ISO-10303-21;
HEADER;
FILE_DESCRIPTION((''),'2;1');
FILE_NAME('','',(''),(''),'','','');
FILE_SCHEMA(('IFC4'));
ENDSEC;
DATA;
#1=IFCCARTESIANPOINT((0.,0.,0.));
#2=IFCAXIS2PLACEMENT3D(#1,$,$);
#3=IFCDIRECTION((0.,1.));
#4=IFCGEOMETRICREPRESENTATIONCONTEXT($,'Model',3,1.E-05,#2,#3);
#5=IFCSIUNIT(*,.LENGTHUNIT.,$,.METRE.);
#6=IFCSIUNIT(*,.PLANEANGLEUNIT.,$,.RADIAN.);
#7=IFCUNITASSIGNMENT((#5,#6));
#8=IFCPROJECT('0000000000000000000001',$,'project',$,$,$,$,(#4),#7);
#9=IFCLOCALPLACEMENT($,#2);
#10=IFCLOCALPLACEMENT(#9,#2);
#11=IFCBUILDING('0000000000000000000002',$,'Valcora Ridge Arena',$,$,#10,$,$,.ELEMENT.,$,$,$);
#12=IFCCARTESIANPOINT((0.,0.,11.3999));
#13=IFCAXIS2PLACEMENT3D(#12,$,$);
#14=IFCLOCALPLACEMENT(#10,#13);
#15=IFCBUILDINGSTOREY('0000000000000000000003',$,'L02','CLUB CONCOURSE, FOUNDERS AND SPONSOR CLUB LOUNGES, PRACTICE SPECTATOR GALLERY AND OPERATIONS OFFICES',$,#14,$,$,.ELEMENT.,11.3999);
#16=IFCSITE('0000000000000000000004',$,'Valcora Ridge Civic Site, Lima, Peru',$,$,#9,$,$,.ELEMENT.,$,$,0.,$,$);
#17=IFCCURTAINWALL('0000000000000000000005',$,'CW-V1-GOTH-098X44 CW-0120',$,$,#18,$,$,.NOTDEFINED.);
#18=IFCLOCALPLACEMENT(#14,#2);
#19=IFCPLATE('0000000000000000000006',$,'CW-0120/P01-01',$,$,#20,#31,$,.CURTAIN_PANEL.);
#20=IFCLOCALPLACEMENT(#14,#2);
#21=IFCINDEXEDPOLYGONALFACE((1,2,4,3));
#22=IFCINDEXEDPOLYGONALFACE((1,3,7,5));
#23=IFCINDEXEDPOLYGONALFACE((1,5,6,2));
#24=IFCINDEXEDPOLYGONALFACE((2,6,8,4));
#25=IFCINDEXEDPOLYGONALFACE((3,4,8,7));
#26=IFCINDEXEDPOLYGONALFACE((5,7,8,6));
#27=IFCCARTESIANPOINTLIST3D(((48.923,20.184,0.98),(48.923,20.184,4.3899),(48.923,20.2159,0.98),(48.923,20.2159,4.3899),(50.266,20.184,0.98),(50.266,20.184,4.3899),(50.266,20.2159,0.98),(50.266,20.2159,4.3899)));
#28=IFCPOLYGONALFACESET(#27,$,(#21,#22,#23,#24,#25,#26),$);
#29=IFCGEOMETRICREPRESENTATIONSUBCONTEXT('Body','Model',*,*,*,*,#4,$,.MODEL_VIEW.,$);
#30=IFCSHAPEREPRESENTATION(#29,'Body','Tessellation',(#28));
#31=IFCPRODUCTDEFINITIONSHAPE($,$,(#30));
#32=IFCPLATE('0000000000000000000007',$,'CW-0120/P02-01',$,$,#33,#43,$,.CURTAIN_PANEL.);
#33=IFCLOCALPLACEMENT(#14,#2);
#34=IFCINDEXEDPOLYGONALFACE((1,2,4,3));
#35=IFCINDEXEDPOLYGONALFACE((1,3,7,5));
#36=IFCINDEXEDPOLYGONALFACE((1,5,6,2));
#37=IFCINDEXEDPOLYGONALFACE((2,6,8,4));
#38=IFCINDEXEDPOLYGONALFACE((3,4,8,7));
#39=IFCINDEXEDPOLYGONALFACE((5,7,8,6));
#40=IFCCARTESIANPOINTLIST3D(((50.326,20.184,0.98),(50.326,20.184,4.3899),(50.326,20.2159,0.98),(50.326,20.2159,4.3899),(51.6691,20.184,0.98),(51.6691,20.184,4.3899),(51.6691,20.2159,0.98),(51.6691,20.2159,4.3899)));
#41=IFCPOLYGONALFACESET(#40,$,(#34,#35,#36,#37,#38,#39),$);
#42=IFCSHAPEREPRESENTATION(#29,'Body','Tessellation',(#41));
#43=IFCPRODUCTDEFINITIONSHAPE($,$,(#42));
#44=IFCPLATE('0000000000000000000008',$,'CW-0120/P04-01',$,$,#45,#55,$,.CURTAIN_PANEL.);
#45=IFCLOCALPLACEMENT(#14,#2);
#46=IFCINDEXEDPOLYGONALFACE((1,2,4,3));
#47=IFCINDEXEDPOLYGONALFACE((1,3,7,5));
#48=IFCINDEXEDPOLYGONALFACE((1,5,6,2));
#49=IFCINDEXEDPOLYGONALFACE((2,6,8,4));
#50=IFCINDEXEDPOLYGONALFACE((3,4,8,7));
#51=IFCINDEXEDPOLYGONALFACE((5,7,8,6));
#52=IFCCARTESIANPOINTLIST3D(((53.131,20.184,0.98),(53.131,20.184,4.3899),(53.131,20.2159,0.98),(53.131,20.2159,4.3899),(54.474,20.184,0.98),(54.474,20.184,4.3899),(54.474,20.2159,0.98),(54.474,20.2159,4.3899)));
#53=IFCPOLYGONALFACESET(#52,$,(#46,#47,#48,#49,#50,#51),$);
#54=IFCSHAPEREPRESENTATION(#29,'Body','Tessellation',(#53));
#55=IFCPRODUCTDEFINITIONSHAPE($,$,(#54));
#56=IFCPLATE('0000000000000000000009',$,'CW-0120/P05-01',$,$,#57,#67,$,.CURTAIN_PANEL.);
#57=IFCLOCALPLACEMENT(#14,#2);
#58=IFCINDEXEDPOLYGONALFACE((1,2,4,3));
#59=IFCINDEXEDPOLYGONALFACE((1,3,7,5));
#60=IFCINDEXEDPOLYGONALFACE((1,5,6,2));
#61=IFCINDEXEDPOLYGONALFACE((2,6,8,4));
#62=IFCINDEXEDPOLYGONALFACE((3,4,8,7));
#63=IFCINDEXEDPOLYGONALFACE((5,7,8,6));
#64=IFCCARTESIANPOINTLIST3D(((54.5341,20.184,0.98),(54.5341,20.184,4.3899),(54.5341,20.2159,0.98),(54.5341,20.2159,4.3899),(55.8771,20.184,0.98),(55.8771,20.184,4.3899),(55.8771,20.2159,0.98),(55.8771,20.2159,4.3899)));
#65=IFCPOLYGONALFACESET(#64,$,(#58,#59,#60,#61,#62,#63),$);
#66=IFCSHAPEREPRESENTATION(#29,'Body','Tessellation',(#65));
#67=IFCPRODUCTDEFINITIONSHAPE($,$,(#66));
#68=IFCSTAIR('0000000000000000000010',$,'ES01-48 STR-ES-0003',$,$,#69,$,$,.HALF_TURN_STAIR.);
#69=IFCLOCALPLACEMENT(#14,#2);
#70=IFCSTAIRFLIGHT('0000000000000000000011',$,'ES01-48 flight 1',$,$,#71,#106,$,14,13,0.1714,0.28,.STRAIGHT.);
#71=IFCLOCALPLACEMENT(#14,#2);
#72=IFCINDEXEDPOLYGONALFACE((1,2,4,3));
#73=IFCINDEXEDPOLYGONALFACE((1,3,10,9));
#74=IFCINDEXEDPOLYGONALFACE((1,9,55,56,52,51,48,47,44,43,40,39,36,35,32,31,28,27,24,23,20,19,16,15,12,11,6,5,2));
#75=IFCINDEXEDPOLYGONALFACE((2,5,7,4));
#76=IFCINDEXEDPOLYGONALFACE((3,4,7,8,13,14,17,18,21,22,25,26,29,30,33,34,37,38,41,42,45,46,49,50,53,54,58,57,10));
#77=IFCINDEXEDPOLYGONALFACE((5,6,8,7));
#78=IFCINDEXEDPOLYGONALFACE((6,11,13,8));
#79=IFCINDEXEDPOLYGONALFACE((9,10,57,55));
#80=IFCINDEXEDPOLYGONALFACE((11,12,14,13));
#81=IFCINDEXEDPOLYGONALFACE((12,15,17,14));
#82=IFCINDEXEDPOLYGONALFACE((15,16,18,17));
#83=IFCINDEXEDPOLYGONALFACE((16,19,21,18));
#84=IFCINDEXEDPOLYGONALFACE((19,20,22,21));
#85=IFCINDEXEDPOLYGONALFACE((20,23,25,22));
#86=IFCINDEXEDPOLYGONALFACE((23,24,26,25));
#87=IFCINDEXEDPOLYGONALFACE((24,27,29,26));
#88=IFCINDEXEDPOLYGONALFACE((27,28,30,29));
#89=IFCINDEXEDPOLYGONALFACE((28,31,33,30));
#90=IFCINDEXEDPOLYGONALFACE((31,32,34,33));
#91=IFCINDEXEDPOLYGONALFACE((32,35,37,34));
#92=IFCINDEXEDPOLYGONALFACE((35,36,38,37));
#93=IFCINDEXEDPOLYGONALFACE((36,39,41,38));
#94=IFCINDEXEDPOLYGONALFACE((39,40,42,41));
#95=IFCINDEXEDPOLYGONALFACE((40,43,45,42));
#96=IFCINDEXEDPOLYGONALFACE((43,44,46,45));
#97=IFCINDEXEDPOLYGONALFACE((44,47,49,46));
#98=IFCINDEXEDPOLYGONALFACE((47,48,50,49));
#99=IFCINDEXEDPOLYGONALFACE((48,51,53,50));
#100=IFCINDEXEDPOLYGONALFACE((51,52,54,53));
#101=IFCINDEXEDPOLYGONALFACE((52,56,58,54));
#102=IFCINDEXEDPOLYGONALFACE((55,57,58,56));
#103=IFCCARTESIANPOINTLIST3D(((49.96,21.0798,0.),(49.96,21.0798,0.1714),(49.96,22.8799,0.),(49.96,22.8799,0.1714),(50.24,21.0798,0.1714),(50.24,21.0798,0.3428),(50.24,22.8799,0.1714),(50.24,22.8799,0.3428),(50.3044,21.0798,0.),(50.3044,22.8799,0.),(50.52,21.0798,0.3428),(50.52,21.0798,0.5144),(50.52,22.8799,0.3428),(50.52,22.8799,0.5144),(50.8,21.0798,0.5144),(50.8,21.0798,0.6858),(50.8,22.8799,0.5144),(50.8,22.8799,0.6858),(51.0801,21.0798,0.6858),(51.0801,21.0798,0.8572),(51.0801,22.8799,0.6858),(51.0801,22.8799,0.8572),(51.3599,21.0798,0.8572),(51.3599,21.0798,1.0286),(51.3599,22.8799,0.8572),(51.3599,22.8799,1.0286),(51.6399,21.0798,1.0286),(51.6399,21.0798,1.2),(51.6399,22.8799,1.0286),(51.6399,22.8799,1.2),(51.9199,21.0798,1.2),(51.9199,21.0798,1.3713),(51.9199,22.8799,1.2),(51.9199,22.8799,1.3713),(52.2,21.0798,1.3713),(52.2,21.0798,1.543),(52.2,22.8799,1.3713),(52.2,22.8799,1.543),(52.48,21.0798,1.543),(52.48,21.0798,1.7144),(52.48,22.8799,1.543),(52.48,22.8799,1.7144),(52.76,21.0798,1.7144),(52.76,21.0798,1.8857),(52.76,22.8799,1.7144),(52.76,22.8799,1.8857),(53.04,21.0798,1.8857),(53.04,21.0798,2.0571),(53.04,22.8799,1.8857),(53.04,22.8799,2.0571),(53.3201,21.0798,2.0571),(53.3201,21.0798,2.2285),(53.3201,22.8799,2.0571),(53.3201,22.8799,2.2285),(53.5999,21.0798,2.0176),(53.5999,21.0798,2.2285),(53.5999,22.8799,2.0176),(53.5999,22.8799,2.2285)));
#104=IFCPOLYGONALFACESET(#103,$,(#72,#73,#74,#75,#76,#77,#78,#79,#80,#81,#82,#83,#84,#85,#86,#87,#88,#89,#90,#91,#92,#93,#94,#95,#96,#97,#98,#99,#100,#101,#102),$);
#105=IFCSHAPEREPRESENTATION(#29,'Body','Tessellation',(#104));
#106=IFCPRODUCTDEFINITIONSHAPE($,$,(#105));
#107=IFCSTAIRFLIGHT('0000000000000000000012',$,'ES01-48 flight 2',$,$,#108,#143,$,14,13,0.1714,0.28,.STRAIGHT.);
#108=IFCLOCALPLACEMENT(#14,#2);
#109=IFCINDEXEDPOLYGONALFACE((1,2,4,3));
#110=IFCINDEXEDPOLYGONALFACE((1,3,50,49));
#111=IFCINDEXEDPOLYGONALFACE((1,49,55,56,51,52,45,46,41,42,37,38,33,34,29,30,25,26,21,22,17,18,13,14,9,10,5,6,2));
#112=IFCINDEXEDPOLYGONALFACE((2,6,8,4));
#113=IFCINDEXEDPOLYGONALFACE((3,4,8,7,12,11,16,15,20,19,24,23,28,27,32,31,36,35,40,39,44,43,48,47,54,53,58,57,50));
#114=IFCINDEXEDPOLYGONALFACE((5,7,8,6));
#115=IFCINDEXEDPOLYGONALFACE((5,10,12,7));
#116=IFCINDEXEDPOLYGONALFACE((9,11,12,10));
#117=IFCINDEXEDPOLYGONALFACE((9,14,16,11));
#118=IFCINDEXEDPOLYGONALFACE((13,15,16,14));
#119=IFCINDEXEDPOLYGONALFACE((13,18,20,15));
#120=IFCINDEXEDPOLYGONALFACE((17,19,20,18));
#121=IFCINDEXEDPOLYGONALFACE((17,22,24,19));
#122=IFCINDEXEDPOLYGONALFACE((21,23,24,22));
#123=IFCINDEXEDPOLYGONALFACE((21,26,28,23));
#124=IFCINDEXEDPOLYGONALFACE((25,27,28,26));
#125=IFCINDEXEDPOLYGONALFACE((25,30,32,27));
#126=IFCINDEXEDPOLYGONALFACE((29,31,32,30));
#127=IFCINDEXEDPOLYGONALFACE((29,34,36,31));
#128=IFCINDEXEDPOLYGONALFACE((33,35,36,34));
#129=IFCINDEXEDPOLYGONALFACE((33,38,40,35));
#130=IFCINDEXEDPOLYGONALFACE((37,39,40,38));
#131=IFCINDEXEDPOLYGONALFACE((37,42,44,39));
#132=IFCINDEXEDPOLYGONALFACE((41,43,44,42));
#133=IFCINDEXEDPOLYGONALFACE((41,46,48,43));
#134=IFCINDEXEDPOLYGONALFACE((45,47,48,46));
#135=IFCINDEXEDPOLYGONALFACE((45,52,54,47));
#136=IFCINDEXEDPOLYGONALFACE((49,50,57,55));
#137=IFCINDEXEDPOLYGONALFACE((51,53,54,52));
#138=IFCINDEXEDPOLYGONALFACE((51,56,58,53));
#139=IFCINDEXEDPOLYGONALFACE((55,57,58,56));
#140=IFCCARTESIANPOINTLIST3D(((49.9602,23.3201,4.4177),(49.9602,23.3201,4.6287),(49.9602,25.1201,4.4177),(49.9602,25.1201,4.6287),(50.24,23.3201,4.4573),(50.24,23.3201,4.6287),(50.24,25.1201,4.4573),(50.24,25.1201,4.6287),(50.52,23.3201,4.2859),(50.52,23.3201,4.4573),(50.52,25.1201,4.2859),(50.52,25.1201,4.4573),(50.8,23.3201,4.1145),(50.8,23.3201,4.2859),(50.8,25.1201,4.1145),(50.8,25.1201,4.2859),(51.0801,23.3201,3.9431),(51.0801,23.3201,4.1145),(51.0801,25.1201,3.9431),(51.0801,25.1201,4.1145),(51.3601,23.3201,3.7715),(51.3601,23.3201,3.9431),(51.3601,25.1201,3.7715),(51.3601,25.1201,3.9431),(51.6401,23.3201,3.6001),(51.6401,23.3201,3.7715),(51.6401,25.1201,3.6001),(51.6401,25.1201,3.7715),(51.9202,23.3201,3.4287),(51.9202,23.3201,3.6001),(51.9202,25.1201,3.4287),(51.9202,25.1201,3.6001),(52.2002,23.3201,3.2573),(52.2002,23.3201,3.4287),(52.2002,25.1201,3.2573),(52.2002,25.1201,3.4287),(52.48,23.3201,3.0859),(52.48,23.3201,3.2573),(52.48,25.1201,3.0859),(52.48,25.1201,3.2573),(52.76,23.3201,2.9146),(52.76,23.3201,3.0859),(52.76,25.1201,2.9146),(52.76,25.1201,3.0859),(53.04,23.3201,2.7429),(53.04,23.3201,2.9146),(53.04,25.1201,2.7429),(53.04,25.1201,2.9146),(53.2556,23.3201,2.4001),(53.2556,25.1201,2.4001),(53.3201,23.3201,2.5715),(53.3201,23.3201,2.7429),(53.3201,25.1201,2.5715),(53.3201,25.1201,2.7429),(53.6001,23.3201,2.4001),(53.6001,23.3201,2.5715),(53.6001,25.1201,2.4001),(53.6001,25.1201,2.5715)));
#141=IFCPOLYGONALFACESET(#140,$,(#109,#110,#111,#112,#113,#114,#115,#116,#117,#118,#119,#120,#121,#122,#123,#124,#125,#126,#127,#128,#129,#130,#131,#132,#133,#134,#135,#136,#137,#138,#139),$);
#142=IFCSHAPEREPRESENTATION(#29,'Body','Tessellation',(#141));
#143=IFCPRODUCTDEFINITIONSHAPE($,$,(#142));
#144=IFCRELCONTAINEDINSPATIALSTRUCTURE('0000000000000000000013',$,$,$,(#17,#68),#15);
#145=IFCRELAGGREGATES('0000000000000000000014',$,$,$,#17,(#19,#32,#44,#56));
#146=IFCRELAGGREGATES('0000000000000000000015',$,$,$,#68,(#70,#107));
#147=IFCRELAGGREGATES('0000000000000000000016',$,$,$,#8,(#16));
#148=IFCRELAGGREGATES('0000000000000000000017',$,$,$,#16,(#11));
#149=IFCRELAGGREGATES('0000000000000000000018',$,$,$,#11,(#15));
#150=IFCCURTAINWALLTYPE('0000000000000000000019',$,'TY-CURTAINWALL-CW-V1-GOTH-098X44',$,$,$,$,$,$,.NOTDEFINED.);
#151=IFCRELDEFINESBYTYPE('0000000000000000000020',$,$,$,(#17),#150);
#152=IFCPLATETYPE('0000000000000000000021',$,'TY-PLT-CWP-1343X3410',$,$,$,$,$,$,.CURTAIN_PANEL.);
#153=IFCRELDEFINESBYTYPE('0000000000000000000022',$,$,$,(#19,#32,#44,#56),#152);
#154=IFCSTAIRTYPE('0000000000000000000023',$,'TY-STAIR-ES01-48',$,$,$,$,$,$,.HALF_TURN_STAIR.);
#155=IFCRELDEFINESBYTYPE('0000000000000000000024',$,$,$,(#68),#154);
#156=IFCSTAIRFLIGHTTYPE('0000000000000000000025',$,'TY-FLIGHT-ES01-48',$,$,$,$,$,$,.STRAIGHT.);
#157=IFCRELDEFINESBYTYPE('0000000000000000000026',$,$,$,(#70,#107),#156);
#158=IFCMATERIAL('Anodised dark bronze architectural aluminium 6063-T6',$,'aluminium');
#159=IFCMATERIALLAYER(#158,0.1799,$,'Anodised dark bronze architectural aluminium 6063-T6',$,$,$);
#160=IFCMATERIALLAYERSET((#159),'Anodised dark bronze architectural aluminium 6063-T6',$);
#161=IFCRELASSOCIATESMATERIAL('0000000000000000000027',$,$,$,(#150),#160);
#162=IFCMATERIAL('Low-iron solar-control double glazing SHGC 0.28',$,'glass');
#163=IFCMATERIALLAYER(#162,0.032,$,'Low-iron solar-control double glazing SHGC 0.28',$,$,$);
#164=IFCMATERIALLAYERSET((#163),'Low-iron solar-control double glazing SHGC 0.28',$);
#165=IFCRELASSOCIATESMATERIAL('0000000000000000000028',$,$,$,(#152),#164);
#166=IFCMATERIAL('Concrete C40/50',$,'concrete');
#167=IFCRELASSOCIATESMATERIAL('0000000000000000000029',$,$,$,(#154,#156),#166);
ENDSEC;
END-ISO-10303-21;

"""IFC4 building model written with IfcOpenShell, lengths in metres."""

from ifc_helpers import new_model, si_unit, direction, frame, origin, origin_2d, place, context, subcontext, project, spatial, polyline, rectangle, outline, extrude, material, layer, layer_set, type_object, element, aggregate, save


model = new_model("IFC4")

# Units and contexts
model_context = context("Model", 3, precision=1e-05, world=origin(), true_north=direction((0.0, 1.0)))
body_context = subcontext(model_context, "Body", "Model", "MODEL_VIEW")
ifc_project = project(units=[si_unit("LENGTHUNIT", "METRE"), si_unit("PLANEANGLEUNIT", "RADIAN")], contexts=[model_context])

# Site, building, storey
site_placement = place(None, origin())
site = spatial("IfcSite", under=ifc_project, at=site_placement, Name="Valcora Ridge Civic Site, Lima, Peru", CompositionType="ELEMENT", RefElevation=0.0)
building_placement = place(site_placement, origin())
building = spatial("IfcBuilding", under=site, at=building_placement, Name="Valcora Ridge Arena", CompositionType="ELEMENT")
storey_placement = place(building_placement, frame((0.0, 0.0, 11.3999)))
storey = spatial("IfcBuildingStorey", under=building, at=storey_placement, Name="L02", Description="CLUB CONCOURSE, FOUNDERS AND SPONSOR CLUB LOUNGES, PRACTICE SPECTATOR GALLERY AND OPERATIONS OFFICES", CompositionType="ELEMENT", Elevation=11.3999)

# Shared definitions
ifc_material_1 = material(Name="Concrete C40/50", Category="concrete")

# Curtain wall
ifc_material_2 = material(Name="Anodised dark bronze architectural aluminium 6063-T6", Category="aluminium")
ifc_layer_1 = layer(ifc_material_2, 0.1799, Name="Anodised dark bronze architectural aluminium 6063-T6")
ifc_layer_set_1 = layer_set([ifc_layer_1], Name="Anodised dark bronze architectural aluminium 6063-T6")
curtain_wall_type = type_object("IfcCurtainWallType", Name="TY-CURTAINWALL-CW-V1-GOTH-098X44", PredefinedType="NOTDEFINED", material=ifc_layer_set_1)
curtain_wall_placement = place(storey_placement, origin())
curtain_wall = element("IfcCurtainWall", 1, at=curtain_wall_placement, inside=storey, type_object=curtain_wall_type, Name="CW-V1-GOTH-098X44 CW-0120", PredefinedType="NOTDEFINED")

# Plates
ifc_material_3 = material(Name="Low-iron solar-control double glazing SHGC 0.28", Category="glass")
ifc_layer_2 = layer(ifc_material_3, 0.032, Name="Low-iron solar-control double glazing SHGC 0.28")
ifc_layer_set_2 = layer_set([ifc_layer_2], Name="Low-iron solar-control double glazing SHGC 0.28")
plate_type_1 = type_object("IfcPlateType", Name="TY-PLT-CWP-1343X3410", PredefinedType="CURTAIN_PANEL", material=ifc_layer_set_2)
plate_1_placement = place(storey_placement, frame((49.5945, 20.2, 0.98), z_axis=(0.0, 0.0, 1.0), x_axis=(1.0, 0.0, 0.0)))
plate_1 = element("IfcPlate", 2, at=plate_1_placement, type_object=plate_type_1, Name="CW-0120/P01-01", PredefinedType="CURTAIN_PANEL", context=body_context, shape_type="SweptSolid", body=[
    extrude(rectangle(XDim=1.343, YDim=0.032, at=origin_2d()), origin(), (0.0, 0.0, 1.0), 3.4099),
])
plate_2_placement = place(storey_placement, frame((50.9976, 20.2, 0.98), z_axis=(0.0, 0.0, 1.0), x_axis=(1.0, 0.0, 0.0)))
plate_2 = element("IfcPlate", 3, at=plate_2_placement, type_object=plate_type_1, Name="CW-0120/P02-01", PredefinedType="CURTAIN_PANEL", context=body_context, shape_type="SweptSolid", body=[
    extrude(rectangle(XDim=1.343, YDim=0.032, at=origin_2d()), origin(), (0.0, 0.0, 1.0), 3.4099),
])
plate_3_placement = place(storey_placement, frame((53.8025, 20.2, 0.98), z_axis=(0.0, 0.0, 1.0), x_axis=(1.0, 0.0, 0.0)))
plate_3 = element("IfcPlate", 4, at=plate_3_placement, type_object=plate_type_1, Name="CW-0120/P04-01", PredefinedType="CURTAIN_PANEL", context=body_context, shape_type="SweptSolid", body=[
    extrude(rectangle(XDim=1.343, YDim=0.032, at=origin_2d()), origin(), (0.0, 0.0, 1.0), 3.4099),
])
plate_4_placement = place(storey_placement, frame((55.2056, 20.2, 0.98), z_axis=(0.0, 0.0, 1.0), x_axis=(1.0, 0.0, 0.0)))
plate_4 = element("IfcPlate", 5, at=plate_4_placement, type_object=plate_type_1, Name="CW-0120/P05-01", PredefinedType="CURTAIN_PANEL", context=body_context, shape_type="SweptSolid", body=[
    extrude(rectangle(XDim=1.343, YDim=0.032, at=origin_2d()), origin(), (0.0, 0.0, 1.0), 3.4099),
])
aggregate(curtain_wall, [plate_1, plate_2, plate_3, plate_4])

# Stair, stair flights
stair_type = type_object("IfcStairType", Name="TY-STAIR-ES01-48", PredefinedType="HALF_TURN_STAIR", material=ifc_material_1)
stair_placement = place(storey_placement, origin())
stair = element("IfcStair", 6, at=stair_placement, inside=storey, type_object=stair_type, Name="ES01-48 STR-ES-0003", PredefinedType="HALF_TURN_STAIR")
stair_flight_type = type_object("IfcStairFlightType", Name="TY-FLIGHT-ES01-48", PredefinedType="STRAIGHT", material=ifc_material_1)
stair_flight_1_placement = place(storey_placement, frame((49.96, 21.98, 0.0), z_axis=(0.0, 0.0, 1.0), x_axis=(1.0, 0.0, 0.0)))
stair_flight_1 = element("IfcStairFlight", 7, at=stair_flight_1_placement, type_object=stair_flight_type, Name="ES01-48 flight 1", NumberOfRisers=14, NumberOfTreads=13, PredefinedType="STRAIGHT", RiserHeight=0.1714, TreadLength=0.28, context=body_context, shape_type="SweptSolid", body=[
    extrude(outline(polyline([(0.0, 0.0), (0.0, 0.1714), (0.28, 0.1714), (0.28, 0.3428), (0.5601, 0.3428), (0.5601, 0.5144), (0.8401, 0.5144), (0.8401, 0.6858), (1.1201, 0.6858), (1.1201, 0.8572), (1.3999, 0.8572), (1.3999, 1.0286), (1.6799, 1.0286), (1.6799, 1.2), (1.96, 1.2), (1.96, 1.3713), (2.24, 1.3713), (2.24, 1.543), (2.52, 1.543), (2.52, 1.7144), (2.8, 1.7144), (2.8, 1.8857), (3.0801, 1.8857), (3.0801, 2.0571), (3.3601, 2.0571), (3.3601, 2.2285), (3.6399, 2.2285), (3.6399, 2.3999), (3.6399, 2.0176), (0.3445, 0.0), (0.0, 0.0)])), frame((0.0, 0.8999, 0.0), z_axis=(0.0, -1.0, 0.0), x_axis=(1.0, 0.0, 0.0)), (0.0, 0.0, 1.0), 1.8),
])
stair_flight_2_placement = place(storey_placement, frame((53.6001, 24.22, 2.4001), z_axis=(0.0, 0.0, 1.0), x_axis=(-1.0, 0.0, 0.0)))
stair_flight_2 = element("IfcStairFlight", 8, at=stair_flight_2_placement, type_object=stair_flight_type, Name="ES01-48 flight 2", NumberOfRisers=14, NumberOfTreads=13, PredefinedType="STRAIGHT", RiserHeight=0.1714, TreadLength=0.28, context=body_context, shape_type="SweptSolid", body=[
    extrude(outline(polyline([(0.0, 0.0), (0.0, 0.1714), (0.28, 0.1714), (0.28, 0.3428), (0.5601, 0.3428), (0.5601, 0.5144), (0.8401, 0.5144), (0.8401, 0.6858), (1.1201, 0.6858), (1.1201, 0.8572), (1.3999, 0.8572), (1.3999, 1.0286), (1.6799, 1.0286), (1.6799, 1.2), (1.96, 1.2), (1.96, 1.3713), (2.24, 1.3713), (2.24, 1.543), (2.52, 1.543), (2.52, 1.7144), (2.8, 1.7144), (2.8, 1.8857), (3.0801, 1.8857), (3.0801, 2.0571), (3.3601, 2.0571), (3.3601, 2.2285), (3.6399, 2.2285), (3.6399, 2.3999), (3.6399, 2.0176), (0.3445, 0.0), (0.0, 0.0)])), frame((0.0, 0.8999, 0.0), z_axis=(0.0, -1.0, 0.0), x_axis=(1.0, 0.0, 0.0)), (0.0, 0.0, 1.0), 1.8),
])
aggregate(stair, [stair_flight_1, stair_flight_2])

save(model, "model.ifc")
